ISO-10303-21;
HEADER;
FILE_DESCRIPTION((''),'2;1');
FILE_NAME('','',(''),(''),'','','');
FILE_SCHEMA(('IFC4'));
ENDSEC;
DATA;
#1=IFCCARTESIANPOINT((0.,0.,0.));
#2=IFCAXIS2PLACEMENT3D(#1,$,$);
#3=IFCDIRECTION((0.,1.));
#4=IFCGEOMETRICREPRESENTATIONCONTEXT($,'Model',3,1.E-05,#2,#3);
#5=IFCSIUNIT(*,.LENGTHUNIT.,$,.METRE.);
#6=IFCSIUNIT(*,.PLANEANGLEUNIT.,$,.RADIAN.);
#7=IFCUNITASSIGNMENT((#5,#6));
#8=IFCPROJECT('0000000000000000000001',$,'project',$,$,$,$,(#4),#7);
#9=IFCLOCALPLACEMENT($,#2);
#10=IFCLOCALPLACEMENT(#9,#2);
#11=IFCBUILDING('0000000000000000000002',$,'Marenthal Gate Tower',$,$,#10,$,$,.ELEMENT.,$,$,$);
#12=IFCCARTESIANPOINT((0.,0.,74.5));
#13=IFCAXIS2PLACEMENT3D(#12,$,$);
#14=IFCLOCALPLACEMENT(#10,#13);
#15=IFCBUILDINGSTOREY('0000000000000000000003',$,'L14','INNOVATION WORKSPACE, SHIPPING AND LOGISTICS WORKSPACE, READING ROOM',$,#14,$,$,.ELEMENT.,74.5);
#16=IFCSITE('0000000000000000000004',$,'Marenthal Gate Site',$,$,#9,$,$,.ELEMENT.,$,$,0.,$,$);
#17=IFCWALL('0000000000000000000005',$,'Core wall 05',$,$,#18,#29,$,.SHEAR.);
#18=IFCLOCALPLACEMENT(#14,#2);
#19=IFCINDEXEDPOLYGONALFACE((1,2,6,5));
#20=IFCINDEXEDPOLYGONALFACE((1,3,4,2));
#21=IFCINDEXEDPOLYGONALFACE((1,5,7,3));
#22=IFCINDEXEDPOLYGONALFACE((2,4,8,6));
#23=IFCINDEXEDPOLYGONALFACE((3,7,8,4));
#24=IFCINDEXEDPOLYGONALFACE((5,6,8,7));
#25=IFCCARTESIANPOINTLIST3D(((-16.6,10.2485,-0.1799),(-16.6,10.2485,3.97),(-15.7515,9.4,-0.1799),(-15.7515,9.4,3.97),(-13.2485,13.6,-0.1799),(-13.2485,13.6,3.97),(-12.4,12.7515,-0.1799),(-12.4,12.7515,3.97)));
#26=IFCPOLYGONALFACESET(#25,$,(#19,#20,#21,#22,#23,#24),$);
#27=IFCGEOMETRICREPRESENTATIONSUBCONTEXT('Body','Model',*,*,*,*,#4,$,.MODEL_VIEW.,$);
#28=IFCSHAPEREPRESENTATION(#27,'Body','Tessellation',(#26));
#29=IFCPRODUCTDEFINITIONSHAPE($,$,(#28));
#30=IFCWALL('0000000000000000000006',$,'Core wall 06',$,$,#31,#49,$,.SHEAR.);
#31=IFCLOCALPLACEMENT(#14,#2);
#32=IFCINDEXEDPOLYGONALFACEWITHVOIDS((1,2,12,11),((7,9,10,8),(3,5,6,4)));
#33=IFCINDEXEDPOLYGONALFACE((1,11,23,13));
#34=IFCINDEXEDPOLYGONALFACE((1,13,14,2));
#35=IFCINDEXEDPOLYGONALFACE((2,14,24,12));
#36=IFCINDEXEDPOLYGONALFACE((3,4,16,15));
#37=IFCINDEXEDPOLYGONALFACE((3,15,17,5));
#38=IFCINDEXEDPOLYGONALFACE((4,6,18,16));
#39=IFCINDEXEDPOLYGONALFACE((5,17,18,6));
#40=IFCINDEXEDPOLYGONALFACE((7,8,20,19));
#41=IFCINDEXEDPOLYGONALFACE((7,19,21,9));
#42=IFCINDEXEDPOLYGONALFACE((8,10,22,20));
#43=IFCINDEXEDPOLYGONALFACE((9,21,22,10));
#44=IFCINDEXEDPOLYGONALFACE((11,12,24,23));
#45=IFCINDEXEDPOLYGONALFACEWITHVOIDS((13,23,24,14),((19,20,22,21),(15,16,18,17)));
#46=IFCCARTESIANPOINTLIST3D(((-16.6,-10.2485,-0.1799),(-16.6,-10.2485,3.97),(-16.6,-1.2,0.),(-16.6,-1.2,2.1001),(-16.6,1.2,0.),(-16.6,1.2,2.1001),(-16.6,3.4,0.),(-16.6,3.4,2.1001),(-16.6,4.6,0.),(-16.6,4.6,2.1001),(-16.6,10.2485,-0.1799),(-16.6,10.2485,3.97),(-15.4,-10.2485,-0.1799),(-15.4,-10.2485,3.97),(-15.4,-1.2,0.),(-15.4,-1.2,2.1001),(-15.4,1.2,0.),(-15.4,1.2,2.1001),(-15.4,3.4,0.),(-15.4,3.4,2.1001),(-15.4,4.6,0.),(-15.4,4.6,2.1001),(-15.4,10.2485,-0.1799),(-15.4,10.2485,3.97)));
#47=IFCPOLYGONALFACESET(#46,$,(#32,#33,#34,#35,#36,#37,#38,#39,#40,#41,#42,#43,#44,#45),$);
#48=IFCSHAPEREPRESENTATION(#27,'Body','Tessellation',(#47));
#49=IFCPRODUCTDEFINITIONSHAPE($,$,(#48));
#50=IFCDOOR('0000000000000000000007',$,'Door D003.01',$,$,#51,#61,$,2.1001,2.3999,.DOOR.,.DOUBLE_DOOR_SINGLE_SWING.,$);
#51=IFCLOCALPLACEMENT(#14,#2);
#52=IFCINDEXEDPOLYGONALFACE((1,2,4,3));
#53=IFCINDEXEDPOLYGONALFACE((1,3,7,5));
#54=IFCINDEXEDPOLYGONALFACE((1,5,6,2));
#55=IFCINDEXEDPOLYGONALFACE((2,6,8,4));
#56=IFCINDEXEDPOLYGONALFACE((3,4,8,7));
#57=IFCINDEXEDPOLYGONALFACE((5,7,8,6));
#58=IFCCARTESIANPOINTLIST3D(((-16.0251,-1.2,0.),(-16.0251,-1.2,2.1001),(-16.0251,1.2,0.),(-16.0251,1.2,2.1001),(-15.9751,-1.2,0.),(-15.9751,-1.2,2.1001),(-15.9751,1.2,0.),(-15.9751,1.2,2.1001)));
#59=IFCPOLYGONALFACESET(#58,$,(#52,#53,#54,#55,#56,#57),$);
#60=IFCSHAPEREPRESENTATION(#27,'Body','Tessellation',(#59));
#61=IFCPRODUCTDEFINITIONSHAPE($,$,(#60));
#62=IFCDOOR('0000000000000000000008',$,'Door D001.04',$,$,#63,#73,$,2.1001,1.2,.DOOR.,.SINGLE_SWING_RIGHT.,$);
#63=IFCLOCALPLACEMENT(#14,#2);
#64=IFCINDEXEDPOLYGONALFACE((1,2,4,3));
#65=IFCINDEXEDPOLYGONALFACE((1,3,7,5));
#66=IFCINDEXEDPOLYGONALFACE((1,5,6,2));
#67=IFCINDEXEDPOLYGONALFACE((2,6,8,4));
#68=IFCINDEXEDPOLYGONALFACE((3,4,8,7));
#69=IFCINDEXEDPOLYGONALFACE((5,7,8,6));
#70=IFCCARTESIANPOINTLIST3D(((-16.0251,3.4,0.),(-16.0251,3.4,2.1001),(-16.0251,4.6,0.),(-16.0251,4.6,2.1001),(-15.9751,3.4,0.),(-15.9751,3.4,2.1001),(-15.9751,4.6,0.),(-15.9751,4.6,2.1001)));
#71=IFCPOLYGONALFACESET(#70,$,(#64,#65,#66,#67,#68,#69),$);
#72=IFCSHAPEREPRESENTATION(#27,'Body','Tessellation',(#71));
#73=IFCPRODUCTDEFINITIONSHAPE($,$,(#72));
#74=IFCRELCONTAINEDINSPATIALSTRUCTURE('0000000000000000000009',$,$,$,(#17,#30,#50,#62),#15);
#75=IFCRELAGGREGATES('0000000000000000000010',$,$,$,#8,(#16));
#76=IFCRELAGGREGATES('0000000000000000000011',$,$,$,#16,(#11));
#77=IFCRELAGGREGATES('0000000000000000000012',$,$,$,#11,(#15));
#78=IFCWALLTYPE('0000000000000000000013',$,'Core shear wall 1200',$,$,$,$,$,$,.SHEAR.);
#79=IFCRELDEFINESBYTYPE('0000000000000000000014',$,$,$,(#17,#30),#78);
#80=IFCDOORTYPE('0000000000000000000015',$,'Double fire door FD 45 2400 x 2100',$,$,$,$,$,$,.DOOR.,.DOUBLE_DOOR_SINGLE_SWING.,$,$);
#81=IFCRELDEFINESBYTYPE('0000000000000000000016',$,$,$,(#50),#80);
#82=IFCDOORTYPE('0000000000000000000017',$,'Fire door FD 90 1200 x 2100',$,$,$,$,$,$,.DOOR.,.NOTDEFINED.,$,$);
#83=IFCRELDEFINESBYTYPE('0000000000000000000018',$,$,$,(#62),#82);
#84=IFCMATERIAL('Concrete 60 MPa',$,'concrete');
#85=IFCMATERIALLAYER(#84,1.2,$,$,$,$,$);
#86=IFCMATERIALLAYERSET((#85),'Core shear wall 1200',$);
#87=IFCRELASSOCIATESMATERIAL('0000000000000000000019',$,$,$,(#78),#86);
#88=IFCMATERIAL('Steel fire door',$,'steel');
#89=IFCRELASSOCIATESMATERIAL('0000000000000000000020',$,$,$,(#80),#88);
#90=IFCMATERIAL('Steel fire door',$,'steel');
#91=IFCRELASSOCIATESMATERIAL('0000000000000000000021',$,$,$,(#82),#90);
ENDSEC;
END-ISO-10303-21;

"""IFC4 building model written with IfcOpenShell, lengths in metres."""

from ifc_helpers import new_model, si_unit, direction, frame, frame_2d, origin, place, context, subcontext, project, spatial, rectangle, extrude, material, layer, layer_set, type_object, element, fill, save


model = new_model("IFC4")

# Units and contexts
model_context = context("Model", 3, precision=1e-05, world=origin(), true_north=direction((0.0, 1.0)))
body_context = subcontext(model_context, "Body", "Model", "MODEL_VIEW")
ifc_project = project(units=[si_unit("LENGTHUNIT", "METRE"), si_unit("PLANEANGLEUNIT", "RADIAN")], contexts=[model_context])

# Site, building, storey
site_placement = place(None, origin())
site = spatial("IfcSite", under=ifc_project, at=site_placement, Name="Marenthal Gate Site", CompositionType="ELEMENT", RefElevation=0.0)
building_placement = place(site_placement, origin())
building = spatial("IfcBuilding", under=site, at=building_placement, Name="Marenthal Gate Tower", CompositionType="ELEMENT")
storey_placement = place(building_placement, frame((0.0, 0.0, 74.5)))
storey = spatial("IfcBuildingStorey", under=building, at=storey_placement, Name="L14", Description="INNOVATION WORKSPACE, SHIPPING AND LOGISTICS WORKSPACE, READING ROOM", CompositionType="ELEMENT", Elevation=74.5)

# Wall
ifc_material_1 = material(Name="Concrete 60 MPa", Category="concrete")
ifc_layer_1 = layer(ifc_material_1, 1.2)
ifc_layer_set_1 = layer_set([ifc_layer_1], Name="Core shear wall 1200")
wall_type_1 = type_object("IfcWallType", Name="Core shear wall 1200", PredefinedType="SHEAR", material=ifc_layer_set_1)
wall_1_placement = place(storey_placement, frame((-12.8242, 13.1758, -0.1799), z_axis=(0.0, 0.0, 1.0), x_axis=(-0.707107, -0.707107, 0.0)))
element("IfcWall", 1, at=wall_1_placement, inside=storey, type_object=wall_type_1, Name="Core wall 05", PredefinedType="SHEAR", context=body_context, shape_type="SweptSolid", body=[
    extrude(rectangle(XDim=4.7397, YDim=1.2, at=frame_2d((2.3699, 0.0))), origin(), (0.0, 0.0, 1.0), 4.1499),
])

# Wall, openings, doors
wall_2_placement = place(storey_placement, frame((-16.0, 10.2485, -0.1799), z_axis=(0.0, 0.0, 1.0), x_axis=(0.0, -1.0, 0.0)))
wall_2 = element("IfcWall", 2, at=wall_2_placement, inside=storey, type_object=wall_type_1, Name="Core wall 06", PredefinedType="SHEAR", context=body_context, shape_type="SweptSolid", body=[
    extrude(rectangle(XDim=20.4971, YDim=1.2, at=frame_2d((10.2485, 0.0))), origin(), (0.0, 0.0, 1.0), 4.1499),
])
opening_1_placement = place(wall_2_placement, frame((9.0486, 0.0, 0.1799)))
opening_1 = element("IfcOpeningElement", 3, at=opening_1_placement, cuts=wall_2, PredefinedType="OPENING", context=body_context, shape_type="SweptSolid", body=[
    extrude(rectangle(XDim=2.3999, YDim=2.1001, at=frame_2d((1.2, 1.05))), frame((0.0, 0.6099, 0.0), z_axis=(0.0, -1.0, 0.0), x_axis=(1.0, 0.0, 0.0)), (0.0, 0.0, 1.0), 1.22),
])
opening_2_placement = place(wall_2_placement, frame((5.6484, 0.0, 0.1799)))
opening_2 = element("IfcOpeningElement", 4, at=opening_2_placement, cuts=wall_2, PredefinedType="OPENING", context=body_context, shape_type="SweptSolid", body=[
    extrude(rectangle(XDim=1.2, YDim=2.1001, at=frame_2d((0.6001, 1.05))), frame((0.0, 0.6099, 0.0), z_axis=(0.0, -1.0, 0.0), x_axis=(1.0, 0.0, 0.0)), (0.0, 0.0, 1.0), 1.22),
])
ifc_material_2 = material(Name="Steel fire door", Category="steel")
door_type_1 = type_object("IfcDoorType", Name="Double fire door FD 45 2400 x 2100", OperationType="DOUBLE_DOOR_SINGLE_SWING", PredefinedType="DOOR", material=ifc_material_2)
door_1_placement = place(opening_1_placement, origin())
door_1 = element("IfcDoor", 5, at=door_1_placement, inside=storey, type_object=door_type_1, Name="Door D003.01", OperationType="DOUBLE_DOOR_SINGLE_SWING", OverallHeight=2.1001, OverallWidth=2.3999, PredefinedType="DOOR", context=body_context, shape_type="SweptSolid", body=[
    extrude(rectangle(XDim=2.3999, YDim=2.1001, at=frame_2d((1.2, 1.05))), frame((0.0, 0.0249, 0.0), z_axis=(0.0, -1.0, 0.0), x_axis=(1.0, 0.0, 0.0)), (0.0, 0.0, 1.0), 0.05),
])
fill(opening_1, door_1)
ifc_material_3 = material(Name="Steel fire door", Category="steel")
door_type_2 = type_object("IfcDoorType", Name="Fire door FD 90 1200 x 2100", OperationType="NOTDEFINED", PredefinedType="DOOR", material=ifc_material_3)
door_2_placement = place(opening_2_placement, origin())
door_2 = element("IfcDoor", 6, at=door_2_placement, inside=storey, type_object=door_type_2, Name="Door D001.04", OperationType="SINGLE_SWING_RIGHT", OverallHeight=2.1001, OverallWidth=1.2, PredefinedType="DOOR", context=body_context, shape_type="SweptSolid", body=[
    extrude(rectangle(XDim=1.2, YDim=2.1001, at=frame_2d((0.6001, 1.05))), frame((0.0, 0.0249, 0.0), z_axis=(0.0, -1.0, 0.0), x_axis=(1.0, 0.0, 0.0)), (0.0, 0.0, 1.0), 0.05),
])
fill(opening_2, door_2)

save(model, "model.ifc")
